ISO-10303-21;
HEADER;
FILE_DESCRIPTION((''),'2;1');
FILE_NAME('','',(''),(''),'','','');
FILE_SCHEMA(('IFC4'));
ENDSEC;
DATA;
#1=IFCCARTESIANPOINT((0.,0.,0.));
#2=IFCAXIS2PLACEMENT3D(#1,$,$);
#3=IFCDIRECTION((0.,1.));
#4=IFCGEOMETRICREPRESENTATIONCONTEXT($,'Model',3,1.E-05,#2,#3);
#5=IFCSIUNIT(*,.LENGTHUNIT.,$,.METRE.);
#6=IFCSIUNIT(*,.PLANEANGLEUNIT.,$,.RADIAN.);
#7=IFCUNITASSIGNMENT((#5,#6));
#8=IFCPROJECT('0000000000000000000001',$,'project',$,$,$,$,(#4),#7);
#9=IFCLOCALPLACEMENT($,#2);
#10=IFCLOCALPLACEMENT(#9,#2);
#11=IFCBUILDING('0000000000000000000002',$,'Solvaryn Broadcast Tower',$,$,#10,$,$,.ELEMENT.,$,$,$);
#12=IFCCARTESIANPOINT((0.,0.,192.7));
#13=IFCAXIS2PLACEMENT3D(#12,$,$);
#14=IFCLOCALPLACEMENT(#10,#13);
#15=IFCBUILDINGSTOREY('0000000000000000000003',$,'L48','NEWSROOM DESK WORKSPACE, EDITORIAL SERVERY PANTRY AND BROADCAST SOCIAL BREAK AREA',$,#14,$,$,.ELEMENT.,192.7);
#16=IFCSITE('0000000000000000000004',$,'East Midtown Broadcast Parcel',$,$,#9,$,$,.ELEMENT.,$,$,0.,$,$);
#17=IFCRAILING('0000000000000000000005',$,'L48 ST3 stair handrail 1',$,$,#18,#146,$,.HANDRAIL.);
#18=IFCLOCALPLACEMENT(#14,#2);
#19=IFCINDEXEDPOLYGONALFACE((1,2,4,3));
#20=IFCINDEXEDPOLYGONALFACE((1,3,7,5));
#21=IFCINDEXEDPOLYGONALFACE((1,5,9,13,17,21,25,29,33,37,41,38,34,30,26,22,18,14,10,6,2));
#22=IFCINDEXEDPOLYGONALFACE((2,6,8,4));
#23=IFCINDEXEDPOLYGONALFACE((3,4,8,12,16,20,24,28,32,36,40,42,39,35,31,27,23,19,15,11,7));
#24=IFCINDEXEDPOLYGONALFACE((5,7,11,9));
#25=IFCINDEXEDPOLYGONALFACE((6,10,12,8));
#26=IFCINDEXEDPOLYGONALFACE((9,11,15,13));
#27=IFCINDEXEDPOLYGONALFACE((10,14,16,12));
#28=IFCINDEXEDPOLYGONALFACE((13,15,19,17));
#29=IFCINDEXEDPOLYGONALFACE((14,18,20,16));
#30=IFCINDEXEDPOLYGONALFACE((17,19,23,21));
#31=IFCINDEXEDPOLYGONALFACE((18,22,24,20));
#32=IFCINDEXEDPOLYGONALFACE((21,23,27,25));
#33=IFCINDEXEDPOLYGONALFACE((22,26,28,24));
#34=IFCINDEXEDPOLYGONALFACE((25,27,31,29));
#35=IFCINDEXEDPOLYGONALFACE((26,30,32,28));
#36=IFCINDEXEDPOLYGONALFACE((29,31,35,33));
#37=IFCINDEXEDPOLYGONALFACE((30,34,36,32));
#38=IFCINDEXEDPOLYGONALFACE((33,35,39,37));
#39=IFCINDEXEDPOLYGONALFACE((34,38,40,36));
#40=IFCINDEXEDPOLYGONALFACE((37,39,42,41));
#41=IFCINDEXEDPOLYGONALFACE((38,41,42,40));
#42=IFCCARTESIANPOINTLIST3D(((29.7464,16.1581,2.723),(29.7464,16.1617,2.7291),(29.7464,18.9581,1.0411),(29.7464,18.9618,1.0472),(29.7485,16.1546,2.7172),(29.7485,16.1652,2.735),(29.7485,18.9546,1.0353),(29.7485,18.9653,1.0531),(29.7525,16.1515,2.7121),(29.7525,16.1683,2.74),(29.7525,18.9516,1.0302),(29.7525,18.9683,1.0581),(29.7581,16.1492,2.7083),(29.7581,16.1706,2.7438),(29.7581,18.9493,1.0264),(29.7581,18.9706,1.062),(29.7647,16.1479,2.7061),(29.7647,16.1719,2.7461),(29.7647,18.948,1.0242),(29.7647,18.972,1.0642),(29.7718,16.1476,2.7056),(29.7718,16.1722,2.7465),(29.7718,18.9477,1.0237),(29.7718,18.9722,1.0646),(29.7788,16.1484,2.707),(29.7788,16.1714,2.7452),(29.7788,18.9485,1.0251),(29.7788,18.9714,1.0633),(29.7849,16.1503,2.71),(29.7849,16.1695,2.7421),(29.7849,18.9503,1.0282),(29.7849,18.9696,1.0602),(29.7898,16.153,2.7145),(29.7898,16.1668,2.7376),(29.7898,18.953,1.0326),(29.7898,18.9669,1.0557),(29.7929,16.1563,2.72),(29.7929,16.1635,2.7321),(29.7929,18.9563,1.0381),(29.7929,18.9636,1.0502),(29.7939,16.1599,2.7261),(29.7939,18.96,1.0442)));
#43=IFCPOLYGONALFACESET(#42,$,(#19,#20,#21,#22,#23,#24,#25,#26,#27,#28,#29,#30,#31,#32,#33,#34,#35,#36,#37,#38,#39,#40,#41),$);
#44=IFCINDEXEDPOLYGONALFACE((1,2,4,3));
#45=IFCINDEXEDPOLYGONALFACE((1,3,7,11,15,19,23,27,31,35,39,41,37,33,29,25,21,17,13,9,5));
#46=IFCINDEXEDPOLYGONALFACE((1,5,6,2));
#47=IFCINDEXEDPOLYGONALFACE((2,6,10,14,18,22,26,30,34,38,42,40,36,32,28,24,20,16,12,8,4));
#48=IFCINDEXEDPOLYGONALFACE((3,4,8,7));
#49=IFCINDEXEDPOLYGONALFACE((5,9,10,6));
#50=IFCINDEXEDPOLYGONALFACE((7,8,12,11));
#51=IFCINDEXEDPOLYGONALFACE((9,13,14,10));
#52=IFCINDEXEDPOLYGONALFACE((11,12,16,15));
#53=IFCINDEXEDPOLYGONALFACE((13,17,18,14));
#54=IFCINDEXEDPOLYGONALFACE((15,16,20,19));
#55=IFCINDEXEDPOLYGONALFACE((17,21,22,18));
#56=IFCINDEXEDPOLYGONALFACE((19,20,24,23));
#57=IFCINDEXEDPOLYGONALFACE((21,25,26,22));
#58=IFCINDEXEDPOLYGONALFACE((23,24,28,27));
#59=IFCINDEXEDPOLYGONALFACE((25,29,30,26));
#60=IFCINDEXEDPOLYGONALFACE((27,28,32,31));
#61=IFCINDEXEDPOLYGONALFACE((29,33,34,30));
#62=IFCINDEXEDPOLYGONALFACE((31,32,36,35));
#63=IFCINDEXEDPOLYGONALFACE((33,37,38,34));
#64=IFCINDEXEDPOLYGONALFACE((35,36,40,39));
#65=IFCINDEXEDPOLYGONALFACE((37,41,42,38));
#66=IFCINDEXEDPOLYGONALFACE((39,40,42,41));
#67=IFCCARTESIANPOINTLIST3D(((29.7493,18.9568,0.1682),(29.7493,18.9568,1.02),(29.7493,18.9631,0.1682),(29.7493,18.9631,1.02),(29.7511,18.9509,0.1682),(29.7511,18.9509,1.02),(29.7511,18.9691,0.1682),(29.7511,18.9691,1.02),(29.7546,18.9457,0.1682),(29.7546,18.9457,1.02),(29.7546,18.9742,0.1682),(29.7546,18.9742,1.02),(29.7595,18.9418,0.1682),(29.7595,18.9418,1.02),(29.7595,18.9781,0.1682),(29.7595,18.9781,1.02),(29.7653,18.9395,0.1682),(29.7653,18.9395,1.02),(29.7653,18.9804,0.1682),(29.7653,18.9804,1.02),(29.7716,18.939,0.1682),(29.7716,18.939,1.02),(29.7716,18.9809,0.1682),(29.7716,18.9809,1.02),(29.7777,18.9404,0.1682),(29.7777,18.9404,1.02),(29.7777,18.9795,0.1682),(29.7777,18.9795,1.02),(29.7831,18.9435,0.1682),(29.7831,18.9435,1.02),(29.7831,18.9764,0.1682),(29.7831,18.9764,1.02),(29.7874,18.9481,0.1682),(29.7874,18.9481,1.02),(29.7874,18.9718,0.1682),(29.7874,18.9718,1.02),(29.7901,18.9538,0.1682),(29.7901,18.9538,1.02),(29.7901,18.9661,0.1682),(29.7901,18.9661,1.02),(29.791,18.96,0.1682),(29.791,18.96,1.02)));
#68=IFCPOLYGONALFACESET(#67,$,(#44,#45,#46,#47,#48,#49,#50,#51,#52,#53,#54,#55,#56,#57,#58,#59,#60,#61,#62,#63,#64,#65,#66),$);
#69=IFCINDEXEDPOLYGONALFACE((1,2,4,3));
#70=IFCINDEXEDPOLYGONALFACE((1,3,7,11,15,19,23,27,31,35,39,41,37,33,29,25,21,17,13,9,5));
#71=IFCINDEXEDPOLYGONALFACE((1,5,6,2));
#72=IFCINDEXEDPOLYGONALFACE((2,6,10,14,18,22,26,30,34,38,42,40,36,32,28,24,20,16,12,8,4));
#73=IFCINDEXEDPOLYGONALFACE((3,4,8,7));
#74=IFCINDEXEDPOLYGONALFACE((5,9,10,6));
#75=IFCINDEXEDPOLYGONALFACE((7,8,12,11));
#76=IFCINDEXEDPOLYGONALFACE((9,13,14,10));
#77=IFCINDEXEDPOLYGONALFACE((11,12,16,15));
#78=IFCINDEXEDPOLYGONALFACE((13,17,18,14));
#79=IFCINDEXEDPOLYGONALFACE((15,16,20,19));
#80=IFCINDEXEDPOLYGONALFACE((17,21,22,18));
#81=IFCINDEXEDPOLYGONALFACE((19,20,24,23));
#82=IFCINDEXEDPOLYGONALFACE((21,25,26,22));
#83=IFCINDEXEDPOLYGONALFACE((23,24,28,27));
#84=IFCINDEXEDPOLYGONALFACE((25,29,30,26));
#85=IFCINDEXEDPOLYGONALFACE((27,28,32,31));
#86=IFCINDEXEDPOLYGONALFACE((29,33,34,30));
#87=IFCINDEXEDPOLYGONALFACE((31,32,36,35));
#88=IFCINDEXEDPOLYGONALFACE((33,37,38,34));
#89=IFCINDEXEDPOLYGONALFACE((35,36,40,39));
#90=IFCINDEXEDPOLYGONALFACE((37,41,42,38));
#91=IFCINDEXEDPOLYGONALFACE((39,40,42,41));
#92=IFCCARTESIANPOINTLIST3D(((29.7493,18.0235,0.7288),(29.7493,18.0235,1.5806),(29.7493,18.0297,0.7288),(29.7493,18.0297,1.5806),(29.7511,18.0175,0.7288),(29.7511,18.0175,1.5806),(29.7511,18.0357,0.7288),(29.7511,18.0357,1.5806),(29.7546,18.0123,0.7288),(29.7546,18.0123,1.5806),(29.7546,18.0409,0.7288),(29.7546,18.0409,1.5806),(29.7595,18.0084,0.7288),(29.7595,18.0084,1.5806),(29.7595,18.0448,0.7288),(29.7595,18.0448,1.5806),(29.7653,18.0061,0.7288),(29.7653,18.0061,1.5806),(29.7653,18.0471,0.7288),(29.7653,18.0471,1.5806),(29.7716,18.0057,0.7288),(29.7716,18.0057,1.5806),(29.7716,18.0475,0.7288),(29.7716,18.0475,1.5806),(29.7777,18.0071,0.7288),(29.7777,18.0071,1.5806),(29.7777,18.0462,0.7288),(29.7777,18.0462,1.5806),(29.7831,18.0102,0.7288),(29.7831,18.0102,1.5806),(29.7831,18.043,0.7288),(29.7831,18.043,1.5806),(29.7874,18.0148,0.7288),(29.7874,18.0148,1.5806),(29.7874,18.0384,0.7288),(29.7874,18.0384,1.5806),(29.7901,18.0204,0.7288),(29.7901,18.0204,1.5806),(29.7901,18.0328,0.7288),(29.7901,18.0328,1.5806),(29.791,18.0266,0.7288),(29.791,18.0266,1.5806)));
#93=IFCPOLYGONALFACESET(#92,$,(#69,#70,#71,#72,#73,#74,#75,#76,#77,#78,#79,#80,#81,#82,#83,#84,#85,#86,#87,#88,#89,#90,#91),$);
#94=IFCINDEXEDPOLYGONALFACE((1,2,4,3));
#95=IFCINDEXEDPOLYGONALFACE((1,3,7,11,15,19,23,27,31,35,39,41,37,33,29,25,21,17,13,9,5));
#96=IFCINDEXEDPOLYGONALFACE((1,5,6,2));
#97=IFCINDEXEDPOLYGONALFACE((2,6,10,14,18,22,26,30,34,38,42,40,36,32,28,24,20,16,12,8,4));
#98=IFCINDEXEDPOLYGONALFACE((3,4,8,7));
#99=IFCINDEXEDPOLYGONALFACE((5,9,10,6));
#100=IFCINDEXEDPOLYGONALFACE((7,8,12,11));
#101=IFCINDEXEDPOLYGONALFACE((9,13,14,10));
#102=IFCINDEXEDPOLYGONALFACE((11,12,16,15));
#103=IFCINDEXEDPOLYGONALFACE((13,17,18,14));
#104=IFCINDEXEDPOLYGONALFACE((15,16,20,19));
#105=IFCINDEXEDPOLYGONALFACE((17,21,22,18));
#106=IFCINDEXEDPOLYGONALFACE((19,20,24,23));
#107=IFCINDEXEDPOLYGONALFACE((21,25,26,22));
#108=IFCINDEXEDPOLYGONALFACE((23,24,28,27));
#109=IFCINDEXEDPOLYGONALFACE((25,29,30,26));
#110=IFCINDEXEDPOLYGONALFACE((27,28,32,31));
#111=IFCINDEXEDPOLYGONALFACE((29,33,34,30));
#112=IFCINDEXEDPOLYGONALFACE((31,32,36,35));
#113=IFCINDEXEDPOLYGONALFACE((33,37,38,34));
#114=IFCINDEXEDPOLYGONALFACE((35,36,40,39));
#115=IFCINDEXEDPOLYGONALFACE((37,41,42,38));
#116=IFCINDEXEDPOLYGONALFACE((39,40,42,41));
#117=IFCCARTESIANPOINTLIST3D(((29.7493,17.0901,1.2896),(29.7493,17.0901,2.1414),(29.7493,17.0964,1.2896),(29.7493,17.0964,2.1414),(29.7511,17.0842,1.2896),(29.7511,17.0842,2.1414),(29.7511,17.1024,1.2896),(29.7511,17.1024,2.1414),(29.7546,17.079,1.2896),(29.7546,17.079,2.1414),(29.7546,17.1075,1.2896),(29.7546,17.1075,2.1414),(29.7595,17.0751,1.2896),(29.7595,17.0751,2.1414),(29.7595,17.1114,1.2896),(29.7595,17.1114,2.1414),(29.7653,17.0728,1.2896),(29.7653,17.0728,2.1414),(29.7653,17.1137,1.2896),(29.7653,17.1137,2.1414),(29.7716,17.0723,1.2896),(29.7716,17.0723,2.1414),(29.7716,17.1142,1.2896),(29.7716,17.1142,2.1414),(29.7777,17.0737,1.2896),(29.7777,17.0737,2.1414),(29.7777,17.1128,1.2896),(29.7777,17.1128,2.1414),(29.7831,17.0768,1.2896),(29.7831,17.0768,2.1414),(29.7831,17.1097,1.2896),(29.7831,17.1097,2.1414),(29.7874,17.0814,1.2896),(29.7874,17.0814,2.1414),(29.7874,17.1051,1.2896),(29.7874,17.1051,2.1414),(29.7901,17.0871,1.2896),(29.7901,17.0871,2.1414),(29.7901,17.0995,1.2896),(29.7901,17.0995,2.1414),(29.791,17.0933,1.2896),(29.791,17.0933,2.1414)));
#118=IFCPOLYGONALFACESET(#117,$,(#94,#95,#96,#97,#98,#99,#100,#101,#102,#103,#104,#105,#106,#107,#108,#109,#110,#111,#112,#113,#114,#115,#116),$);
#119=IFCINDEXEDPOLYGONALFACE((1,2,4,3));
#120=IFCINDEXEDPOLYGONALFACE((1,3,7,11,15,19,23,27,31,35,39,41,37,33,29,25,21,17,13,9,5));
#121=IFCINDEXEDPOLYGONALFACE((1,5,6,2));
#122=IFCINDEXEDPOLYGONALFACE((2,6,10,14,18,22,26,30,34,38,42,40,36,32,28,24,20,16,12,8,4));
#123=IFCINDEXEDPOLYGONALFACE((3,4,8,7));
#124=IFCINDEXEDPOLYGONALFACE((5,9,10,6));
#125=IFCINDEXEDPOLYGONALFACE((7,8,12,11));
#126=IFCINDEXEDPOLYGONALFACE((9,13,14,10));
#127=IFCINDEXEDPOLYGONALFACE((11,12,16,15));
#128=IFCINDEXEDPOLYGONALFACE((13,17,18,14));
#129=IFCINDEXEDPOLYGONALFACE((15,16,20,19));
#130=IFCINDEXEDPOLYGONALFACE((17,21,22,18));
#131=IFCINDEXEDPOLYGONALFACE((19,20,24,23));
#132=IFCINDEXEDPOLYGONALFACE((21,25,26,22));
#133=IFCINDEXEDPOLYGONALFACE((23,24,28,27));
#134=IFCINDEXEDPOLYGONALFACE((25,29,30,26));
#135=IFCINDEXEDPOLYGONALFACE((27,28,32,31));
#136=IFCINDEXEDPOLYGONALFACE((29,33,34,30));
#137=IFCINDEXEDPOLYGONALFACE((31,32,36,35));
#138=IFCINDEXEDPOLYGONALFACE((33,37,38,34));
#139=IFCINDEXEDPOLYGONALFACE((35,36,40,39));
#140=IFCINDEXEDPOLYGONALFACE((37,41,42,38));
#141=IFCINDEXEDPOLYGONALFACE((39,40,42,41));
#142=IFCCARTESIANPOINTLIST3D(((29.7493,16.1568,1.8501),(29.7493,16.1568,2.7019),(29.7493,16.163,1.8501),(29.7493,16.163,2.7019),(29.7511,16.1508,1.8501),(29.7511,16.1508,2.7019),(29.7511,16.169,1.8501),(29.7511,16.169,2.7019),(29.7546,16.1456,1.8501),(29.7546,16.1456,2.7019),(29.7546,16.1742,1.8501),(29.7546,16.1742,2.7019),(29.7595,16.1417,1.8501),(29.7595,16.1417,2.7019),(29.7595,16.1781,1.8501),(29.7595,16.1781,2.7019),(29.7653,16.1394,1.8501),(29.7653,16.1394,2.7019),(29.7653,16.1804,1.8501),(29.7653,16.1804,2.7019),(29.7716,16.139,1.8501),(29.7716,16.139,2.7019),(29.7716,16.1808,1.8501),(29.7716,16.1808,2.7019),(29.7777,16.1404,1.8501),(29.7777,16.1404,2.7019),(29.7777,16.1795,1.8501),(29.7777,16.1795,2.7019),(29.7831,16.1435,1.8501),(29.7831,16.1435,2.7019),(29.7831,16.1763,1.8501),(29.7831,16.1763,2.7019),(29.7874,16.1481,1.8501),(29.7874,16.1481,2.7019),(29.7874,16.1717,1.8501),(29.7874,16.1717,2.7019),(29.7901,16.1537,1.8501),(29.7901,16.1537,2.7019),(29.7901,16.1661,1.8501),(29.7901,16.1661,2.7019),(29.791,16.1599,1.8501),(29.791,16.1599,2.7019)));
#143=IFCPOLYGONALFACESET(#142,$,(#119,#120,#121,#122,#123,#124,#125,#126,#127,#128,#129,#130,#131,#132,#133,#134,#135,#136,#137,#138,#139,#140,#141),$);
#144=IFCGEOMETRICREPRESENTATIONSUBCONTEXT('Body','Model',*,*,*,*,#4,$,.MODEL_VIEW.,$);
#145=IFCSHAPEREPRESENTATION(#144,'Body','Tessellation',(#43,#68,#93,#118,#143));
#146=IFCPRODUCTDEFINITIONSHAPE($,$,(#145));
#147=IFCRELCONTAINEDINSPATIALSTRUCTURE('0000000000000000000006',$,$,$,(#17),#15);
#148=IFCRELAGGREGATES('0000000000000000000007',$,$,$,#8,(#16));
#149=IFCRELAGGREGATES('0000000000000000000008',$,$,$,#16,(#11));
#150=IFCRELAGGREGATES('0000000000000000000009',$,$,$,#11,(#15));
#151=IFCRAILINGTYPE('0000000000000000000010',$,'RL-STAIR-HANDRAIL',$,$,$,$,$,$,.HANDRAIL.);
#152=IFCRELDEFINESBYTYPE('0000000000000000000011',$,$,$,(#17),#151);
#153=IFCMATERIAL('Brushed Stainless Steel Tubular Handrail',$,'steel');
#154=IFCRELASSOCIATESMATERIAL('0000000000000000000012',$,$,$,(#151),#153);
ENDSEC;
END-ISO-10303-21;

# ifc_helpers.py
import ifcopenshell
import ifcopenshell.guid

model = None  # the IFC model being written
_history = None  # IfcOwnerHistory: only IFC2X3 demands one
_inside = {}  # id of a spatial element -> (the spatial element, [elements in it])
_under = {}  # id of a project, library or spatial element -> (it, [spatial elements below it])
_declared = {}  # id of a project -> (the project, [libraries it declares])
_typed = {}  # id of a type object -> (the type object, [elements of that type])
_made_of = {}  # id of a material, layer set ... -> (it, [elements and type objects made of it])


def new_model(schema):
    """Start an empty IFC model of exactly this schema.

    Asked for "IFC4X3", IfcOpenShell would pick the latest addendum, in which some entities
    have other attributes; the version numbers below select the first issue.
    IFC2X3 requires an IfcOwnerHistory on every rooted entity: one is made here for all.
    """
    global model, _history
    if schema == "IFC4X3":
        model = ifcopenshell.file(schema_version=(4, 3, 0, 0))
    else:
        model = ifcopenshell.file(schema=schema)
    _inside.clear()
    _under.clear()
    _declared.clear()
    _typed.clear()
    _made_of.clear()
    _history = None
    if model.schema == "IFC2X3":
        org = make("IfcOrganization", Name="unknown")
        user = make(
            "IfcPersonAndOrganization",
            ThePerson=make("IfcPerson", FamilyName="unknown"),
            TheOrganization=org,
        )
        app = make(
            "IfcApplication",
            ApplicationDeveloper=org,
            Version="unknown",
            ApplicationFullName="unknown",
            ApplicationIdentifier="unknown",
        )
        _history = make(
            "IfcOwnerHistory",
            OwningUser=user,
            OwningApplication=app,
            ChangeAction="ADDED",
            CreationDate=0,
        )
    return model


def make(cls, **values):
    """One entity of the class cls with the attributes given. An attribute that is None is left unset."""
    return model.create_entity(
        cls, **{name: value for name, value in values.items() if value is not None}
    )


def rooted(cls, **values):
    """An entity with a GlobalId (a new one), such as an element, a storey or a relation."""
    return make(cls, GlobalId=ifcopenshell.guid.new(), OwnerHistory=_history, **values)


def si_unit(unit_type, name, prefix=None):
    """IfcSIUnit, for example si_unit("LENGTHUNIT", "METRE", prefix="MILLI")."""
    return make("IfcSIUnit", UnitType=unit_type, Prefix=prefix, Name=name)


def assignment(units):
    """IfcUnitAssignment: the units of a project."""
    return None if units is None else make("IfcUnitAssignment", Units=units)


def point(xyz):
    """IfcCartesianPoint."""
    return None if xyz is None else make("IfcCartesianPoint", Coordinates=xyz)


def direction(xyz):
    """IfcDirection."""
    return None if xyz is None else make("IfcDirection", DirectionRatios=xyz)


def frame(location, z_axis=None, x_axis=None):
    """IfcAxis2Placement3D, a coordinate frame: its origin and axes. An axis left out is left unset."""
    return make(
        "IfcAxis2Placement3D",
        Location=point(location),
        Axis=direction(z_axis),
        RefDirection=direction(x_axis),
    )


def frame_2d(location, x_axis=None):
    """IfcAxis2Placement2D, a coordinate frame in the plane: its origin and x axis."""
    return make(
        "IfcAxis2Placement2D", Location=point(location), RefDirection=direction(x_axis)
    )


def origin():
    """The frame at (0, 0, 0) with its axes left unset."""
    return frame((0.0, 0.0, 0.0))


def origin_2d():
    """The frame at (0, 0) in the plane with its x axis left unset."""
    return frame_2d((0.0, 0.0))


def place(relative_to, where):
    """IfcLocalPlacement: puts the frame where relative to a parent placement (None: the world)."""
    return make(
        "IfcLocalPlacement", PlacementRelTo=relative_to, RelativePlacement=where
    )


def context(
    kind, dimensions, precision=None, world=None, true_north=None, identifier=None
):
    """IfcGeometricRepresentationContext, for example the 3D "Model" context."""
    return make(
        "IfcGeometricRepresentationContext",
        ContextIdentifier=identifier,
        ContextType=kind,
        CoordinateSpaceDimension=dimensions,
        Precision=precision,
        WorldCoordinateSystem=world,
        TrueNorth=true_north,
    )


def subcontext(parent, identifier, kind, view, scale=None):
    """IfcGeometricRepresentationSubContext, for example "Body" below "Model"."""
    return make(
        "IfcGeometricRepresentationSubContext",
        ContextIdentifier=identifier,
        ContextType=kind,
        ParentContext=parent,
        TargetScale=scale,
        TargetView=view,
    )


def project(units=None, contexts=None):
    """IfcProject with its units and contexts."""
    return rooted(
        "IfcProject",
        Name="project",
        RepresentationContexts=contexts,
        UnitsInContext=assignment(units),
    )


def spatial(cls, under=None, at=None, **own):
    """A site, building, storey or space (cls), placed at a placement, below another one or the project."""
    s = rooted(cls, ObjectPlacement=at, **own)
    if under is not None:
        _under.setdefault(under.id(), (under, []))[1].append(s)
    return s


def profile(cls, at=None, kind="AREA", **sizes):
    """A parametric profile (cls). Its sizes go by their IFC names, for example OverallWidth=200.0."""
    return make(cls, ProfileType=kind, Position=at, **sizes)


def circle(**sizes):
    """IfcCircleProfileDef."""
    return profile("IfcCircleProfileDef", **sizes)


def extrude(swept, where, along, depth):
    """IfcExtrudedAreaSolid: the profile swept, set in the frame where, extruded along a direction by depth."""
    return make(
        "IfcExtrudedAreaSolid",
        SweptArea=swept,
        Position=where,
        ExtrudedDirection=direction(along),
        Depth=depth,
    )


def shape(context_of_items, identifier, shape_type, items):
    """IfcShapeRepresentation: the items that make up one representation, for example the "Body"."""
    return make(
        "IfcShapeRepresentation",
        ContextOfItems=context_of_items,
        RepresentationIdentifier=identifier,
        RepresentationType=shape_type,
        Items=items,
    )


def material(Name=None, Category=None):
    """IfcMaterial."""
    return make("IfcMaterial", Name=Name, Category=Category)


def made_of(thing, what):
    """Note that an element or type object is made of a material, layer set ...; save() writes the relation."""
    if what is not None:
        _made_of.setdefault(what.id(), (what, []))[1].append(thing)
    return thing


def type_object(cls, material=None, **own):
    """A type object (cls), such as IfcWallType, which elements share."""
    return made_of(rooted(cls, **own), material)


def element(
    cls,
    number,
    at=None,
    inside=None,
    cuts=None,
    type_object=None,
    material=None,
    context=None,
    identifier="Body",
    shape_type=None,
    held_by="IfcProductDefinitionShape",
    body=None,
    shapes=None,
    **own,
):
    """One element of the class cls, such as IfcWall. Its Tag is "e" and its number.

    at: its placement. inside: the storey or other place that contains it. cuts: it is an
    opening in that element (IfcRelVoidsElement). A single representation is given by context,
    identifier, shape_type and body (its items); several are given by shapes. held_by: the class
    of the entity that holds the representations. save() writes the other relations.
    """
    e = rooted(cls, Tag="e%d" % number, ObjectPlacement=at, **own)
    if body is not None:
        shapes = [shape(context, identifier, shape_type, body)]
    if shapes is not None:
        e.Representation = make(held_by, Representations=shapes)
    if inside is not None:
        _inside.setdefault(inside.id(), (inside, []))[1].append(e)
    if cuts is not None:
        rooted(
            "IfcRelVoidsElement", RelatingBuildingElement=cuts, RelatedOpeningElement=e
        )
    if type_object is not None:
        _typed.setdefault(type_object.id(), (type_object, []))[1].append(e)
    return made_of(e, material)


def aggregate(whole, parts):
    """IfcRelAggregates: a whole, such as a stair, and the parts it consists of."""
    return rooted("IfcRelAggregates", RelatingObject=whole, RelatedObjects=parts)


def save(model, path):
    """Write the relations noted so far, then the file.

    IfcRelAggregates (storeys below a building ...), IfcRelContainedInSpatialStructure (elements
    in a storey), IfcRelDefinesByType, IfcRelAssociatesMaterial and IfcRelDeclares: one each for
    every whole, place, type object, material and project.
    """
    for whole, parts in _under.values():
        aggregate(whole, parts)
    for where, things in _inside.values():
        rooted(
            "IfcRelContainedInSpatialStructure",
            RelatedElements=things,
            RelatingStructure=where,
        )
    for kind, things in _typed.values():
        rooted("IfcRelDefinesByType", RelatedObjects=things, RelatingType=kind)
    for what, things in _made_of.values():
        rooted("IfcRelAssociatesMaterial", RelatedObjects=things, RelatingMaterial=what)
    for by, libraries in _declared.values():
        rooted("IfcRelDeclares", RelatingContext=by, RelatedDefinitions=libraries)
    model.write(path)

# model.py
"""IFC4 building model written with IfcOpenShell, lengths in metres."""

from ifc_helpers import new_model, si_unit, direction, frame, origin, origin_2d, place, context, subcontext, project, spatial, circle, extrude, material, type_object, element, save


model = new_model("IFC4")

# Units and contexts
model_context = context("Model", 3, precision=1e-05, world=origin(), true_north=direction((0.0, 1.0)))
body_context = subcontext(model_context, "Body", "Model", "MODEL_VIEW")
ifc_project = project(units=[si_unit("LENGTHUNIT", "METRE"), si_unit("PLANEANGLEUNIT", "RADIAN")], contexts=[model_context])

# Site, building, storey
site_placement = place(None, origin())
site = spatial("IfcSite", under=ifc_project, at=site_placement, Name="East Midtown Broadcast Parcel", CompositionType="ELEMENT", RefElevation=0.0)
building_placement = place(site_placement, origin())
building = spatial("IfcBuilding", under=site, at=building_placement, Name="Solvaryn Broadcast Tower", CompositionType="ELEMENT")
storey_placement = place(building_placement, frame((0.0, 0.0, 192.7)))
storey = spatial("IfcBuildingStorey", under=building, at=storey_placement, Name="L48", Description="NEWSROOM DESK WORKSPACE, EDITORIAL SERVERY PANTRY AND BROADCAST SOCIAL BREAK AREA", CompositionType="ELEMENT", Elevation=192.7)

# Railing
ifc_material_1 = material(Name="Brushed Stainless Steel Tubular Handrail", Category="steel")
railing_type_1 = type_object("IfcRailingType", Name="RL-STAIR-HANDRAIL", PredefinedType="HANDRAIL", material=ifc_material_1)
railing_1_placement = place(storey_placement, frame((29.77, 18.96, 0.1682)))
element("IfcRailing", 1, at=railing_1_placement, inside=storey, type_object=railing_type_1, Name="L48 ST3 stair handrail 1", PredefinedType="HANDRAIL", context=body_context, shape_type="SweptSolid", body=[
    extrude(circle(Radius=0.0239, at=origin_2d()), frame((0.0, 0.0, 0.876), z_axis=(0.0, -0.857242, 0.514913), x_axis=(1.0, 0.0, 0.0)), (0.0, 0.0, 1.0), 3.2664),
    extrude(circle(Radius=0.021, at=origin_2d()), origin(), (0.0, 0.0, 1.0), 0.8518),
    extrude(circle(Radius=0.021, at=origin_2d()), frame((0.0, -0.9333, 0.5605)), (0.0, 0.0, 1.0), 0.8518),
    extrude(circle(Radius=0.021, at=origin_2d()), frame((0.0, -1.8667, 1.1213)), (0.0, 0.0, 1.0), 0.8518),
    extrude(circle(Radius=0.021, at=origin_2d()), frame((0.0, -2.8, 1.6819)), (0.0, 0.0, 1.0), 0.8518),
])

save(model, "model.ifc")
